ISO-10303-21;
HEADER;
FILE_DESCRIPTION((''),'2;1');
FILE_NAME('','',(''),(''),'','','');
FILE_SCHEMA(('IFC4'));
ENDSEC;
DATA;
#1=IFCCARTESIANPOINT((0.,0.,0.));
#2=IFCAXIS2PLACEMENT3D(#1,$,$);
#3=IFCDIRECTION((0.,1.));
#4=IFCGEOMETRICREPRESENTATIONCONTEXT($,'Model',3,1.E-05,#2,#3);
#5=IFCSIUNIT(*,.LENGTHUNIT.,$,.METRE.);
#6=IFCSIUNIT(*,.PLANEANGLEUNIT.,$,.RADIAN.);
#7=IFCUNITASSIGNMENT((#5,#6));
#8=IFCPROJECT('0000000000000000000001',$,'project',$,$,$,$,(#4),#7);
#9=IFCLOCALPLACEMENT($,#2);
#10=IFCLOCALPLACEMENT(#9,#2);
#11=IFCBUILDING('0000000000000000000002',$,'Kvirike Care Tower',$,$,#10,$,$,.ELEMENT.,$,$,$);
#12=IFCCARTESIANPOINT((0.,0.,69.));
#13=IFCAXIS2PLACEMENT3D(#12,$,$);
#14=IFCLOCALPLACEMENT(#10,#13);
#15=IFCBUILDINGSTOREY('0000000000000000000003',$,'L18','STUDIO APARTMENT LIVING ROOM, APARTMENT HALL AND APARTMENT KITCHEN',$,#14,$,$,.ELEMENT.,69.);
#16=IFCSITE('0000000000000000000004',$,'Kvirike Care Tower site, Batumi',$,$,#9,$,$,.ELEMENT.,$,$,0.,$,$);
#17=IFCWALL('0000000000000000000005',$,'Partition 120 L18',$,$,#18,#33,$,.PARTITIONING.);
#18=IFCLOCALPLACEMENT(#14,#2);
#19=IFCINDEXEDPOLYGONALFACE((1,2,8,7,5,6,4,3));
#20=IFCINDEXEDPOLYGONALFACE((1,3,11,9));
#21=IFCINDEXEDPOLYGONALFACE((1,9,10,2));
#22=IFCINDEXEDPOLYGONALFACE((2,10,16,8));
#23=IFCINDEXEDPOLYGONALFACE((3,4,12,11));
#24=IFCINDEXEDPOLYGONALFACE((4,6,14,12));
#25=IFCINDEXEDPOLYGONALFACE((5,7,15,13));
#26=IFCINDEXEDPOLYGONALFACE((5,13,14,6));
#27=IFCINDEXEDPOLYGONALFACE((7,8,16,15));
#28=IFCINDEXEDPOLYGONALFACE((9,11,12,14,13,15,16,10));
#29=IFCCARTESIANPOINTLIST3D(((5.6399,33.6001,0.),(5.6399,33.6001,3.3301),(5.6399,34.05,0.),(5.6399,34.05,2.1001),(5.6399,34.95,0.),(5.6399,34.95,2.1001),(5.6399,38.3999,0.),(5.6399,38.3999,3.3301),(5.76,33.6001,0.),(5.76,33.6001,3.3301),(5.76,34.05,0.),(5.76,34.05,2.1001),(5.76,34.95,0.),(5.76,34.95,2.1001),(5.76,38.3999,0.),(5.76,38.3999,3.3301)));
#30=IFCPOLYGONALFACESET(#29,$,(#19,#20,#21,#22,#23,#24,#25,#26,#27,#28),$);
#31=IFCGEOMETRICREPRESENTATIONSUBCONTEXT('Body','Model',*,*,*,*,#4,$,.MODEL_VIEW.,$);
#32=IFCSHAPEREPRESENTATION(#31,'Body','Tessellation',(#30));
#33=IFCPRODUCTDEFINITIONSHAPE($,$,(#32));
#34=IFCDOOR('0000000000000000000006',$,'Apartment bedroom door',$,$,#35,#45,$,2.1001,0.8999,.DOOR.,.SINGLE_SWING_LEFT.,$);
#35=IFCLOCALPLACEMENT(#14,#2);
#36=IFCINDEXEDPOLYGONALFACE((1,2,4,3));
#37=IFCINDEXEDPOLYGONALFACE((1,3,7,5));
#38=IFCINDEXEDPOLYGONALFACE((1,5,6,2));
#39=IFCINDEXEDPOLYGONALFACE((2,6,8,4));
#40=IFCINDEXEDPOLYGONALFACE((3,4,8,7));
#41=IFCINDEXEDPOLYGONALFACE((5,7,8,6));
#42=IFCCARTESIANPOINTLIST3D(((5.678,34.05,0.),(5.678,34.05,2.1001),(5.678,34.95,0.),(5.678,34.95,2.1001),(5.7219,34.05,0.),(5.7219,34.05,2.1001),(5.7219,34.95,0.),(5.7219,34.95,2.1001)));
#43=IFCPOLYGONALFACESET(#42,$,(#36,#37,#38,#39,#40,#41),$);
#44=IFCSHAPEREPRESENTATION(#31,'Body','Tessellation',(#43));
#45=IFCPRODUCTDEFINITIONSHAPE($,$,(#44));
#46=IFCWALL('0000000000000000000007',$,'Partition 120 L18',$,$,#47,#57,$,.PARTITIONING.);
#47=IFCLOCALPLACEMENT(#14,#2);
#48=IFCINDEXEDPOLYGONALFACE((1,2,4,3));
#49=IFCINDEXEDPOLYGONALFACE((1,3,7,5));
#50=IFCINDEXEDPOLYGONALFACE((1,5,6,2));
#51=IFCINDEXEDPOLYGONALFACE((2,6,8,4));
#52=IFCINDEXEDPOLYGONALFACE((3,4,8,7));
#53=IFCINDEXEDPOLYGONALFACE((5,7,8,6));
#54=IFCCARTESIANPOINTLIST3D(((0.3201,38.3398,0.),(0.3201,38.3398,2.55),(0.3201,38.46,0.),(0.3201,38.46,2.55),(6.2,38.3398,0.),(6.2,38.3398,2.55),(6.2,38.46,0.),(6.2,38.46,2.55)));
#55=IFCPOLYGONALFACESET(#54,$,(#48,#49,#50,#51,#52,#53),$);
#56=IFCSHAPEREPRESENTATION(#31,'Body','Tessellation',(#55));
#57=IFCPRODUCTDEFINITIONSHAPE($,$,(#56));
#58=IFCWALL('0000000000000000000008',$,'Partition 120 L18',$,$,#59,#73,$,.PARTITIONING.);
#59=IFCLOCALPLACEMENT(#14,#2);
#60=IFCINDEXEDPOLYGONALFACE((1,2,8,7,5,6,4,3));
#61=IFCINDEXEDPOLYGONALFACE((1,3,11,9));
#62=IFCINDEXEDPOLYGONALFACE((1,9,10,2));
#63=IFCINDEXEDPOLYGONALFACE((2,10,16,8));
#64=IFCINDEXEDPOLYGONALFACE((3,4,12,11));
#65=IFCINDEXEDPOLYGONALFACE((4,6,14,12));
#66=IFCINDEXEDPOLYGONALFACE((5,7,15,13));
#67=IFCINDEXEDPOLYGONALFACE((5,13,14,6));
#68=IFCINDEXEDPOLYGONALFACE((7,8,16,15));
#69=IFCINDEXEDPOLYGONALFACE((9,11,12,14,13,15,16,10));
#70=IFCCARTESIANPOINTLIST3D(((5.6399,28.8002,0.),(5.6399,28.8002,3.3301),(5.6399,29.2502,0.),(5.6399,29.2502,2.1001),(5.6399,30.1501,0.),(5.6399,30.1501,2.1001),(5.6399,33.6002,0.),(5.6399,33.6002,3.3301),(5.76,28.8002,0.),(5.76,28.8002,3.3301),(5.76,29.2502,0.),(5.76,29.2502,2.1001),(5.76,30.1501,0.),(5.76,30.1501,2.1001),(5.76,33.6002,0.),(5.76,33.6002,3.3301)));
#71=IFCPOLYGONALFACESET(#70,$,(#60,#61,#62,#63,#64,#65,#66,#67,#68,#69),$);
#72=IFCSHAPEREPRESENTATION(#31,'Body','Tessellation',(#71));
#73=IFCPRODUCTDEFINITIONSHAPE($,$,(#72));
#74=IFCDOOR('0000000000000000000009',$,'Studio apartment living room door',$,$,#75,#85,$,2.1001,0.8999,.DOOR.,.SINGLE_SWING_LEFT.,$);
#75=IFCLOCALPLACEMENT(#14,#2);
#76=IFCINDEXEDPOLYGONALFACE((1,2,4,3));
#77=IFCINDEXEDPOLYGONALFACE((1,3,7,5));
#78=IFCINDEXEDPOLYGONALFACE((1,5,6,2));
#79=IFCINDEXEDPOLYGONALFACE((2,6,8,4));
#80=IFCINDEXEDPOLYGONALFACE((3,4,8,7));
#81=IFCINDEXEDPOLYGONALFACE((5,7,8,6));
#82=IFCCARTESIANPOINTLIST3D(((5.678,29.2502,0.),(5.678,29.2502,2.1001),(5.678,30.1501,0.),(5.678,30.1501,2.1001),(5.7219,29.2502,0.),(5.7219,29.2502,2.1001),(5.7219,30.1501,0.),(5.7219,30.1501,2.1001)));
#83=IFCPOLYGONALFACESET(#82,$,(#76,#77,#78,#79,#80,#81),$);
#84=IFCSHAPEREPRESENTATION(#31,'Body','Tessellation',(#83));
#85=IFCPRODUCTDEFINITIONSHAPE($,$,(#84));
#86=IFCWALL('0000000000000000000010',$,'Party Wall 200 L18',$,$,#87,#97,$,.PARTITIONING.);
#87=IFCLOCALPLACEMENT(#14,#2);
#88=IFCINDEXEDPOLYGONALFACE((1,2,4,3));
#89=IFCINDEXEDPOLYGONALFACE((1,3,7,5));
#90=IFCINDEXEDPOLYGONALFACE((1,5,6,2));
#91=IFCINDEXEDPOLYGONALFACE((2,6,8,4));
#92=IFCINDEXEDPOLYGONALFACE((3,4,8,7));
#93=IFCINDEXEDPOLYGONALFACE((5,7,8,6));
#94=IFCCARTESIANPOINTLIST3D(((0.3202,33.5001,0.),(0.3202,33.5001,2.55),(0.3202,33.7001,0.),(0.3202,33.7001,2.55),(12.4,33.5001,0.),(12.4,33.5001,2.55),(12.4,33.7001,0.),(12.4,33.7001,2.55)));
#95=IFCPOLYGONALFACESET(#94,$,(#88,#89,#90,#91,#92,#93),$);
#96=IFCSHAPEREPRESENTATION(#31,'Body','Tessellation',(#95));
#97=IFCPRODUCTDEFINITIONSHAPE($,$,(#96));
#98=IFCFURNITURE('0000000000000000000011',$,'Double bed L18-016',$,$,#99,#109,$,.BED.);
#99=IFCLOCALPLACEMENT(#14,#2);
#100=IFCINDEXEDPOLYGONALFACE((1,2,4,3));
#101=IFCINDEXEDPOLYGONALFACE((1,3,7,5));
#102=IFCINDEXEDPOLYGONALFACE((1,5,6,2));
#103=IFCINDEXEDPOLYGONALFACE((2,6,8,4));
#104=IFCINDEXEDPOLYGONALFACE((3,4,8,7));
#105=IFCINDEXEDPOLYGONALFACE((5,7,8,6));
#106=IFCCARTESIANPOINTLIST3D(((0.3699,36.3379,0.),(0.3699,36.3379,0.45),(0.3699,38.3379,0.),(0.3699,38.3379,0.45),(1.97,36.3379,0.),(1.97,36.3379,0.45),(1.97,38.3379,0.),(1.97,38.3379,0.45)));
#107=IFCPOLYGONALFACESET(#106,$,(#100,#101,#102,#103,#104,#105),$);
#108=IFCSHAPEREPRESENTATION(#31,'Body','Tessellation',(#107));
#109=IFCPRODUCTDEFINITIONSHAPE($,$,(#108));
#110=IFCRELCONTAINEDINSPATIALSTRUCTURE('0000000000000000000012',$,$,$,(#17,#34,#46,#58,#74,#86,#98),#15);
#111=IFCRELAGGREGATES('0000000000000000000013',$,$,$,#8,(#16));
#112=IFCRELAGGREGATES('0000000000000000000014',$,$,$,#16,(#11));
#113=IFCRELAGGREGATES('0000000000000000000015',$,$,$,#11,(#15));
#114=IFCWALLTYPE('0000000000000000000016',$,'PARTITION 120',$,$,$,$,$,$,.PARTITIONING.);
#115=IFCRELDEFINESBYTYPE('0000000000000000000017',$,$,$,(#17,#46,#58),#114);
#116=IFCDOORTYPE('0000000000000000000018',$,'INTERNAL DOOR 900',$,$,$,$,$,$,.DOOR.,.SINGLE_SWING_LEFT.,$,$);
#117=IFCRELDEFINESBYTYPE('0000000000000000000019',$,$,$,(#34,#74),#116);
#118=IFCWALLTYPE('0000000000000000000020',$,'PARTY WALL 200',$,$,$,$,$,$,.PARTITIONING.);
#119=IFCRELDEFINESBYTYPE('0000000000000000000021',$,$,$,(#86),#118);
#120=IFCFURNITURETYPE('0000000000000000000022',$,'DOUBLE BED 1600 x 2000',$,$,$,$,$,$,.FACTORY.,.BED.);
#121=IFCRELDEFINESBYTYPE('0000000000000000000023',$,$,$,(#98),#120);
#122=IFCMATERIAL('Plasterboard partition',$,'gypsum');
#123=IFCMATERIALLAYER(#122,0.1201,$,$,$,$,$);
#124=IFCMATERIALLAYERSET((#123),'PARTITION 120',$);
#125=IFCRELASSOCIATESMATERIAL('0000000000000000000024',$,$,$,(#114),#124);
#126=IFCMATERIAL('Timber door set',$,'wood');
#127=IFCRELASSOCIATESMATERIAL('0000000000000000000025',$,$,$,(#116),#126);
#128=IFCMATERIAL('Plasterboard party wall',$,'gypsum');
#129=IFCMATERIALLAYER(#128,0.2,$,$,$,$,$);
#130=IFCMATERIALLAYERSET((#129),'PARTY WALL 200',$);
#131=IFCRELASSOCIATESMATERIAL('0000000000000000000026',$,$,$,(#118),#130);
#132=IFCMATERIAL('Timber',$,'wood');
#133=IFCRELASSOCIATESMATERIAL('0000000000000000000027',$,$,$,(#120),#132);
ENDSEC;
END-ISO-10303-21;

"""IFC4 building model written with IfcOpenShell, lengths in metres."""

from ifc_helpers import new_model, si_unit, direction, frame, frame_2d, origin, origin_2d, place, context, subcontext, project, spatial, rectangle, extrude, material, layer, layer_set, type_object, element, fill, save


model = new_model("IFC4")

# Units and contexts
model_context = context("Model", 3, precision=1e-05, world=origin(), true_north=direction((0.0, 1.0)))
body_context = subcontext(model_context, "Body", "Model", "MODEL_VIEW")
ifc_project = project(units=[si_unit("LENGTHUNIT", "METRE"), si_unit("PLANEANGLEUNIT", "RADIAN")], contexts=[model_context])

# Site, building, storey
site_placement = place(None, origin())
site = spatial("IfcSite", under=ifc_project, at=site_placement, Name="Kvirike Care Tower site, Batumi", CompositionType="ELEMENT", RefElevation=0.0)
building_placement = place(site_placement, origin())
building = spatial("IfcBuilding", under=site, at=building_placement, Name="Kvirike Care Tower", CompositionType="ELEMENT")
storey_placement = place(building_placement, frame((0.0, 0.0, 69.0)))
storey = spatial("IfcBuildingStorey", under=building, at=storey_placement, Name="L18", Description="STUDIO APARTMENT LIVING ROOM, APARTMENT HALL AND APARTMENT KITCHEN", CompositionType="ELEMENT", Elevation=69.0)

# Wall, opening, door
ifc_material_1 = material(Name="Plasterboard partition", Category="gypsum")
ifc_layer_1 = layer(ifc_material_1, 0.1201)
ifc_layer_set_1 = layer_set([ifc_layer_1], Name="PARTITION 120")
wall_type_1 = type_object("IfcWallType", Name="PARTITION 120", PredefinedType="PARTITIONING", material=ifc_layer_set_1)
wall_1_placement = place(storey_placement, frame((5.7, 38.3999, 0.0), z_axis=(0.0, 0.0, 1.0), x_axis=(0.0, -1.0, 0.0)))
wall_1 = element("IfcWall", 1, at=wall_1_placement, inside=storey, type_object=wall_type_1, Name="Partition 120 L18", PredefinedType="PARTITIONING", context=body_context, shape_type="SweptSolid", body=[
    extrude(rectangle(XDim=4.7998, YDim=0.1201, at=frame_2d((2.3999, 0.0))), origin(), (0.0, 0.0, 1.0), 3.3301),
])
opening_1_placement = place(wall_1_placement, frame((3.45, 0.0, 0.0)))
opening_1 = element("IfcOpeningElement", 2, at=opening_1_placement, cuts=wall_1, PredefinedType="OPENING", context=body_context, shape_type="SweptSolid", body=[
    extrude(rectangle(XDim=0.8999, YDim=2.1001, at=frame_2d((0.45, 1.05))), frame((0.0, 0.0706, 0.0), z_axis=(0.0, -1.0, 0.0), x_axis=(1.0, 0.0, 0.0)), (0.0, 0.0, 1.0), 0.1411),
])
ifc_material_2 = material(Name="Timber door set", Category="wood")
door_type_1 = type_object("IfcDoorType", Name="INTERNAL DOOR 900", OperationType="SINGLE_SWING_LEFT", PredefinedType="DOOR", material=ifc_material_2)
door_1_placement = place(opening_1_placement, origin())
door_1 = element("IfcDoor", 3, at=door_1_placement, inside=storey, type_object=door_type_1, Name="Apartment bedroom door", OperationType="SINGLE_SWING_LEFT", OverallHeight=2.1001, OverallWidth=0.8999, PredefinedType="DOOR", context=body_context, shape_type="SweptSolid", body=[
    extrude(rectangle(XDim=0.8999, YDim=2.1001, at=frame_2d((0.45, 1.05))), frame((0.0, 0.022, 0.0), z_axis=(0.0, -1.0, 0.0), x_axis=(1.0, 0.0, 0.0)), (0.0, 0.0, 1.0), 0.0439),
])
fill(opening_1, door_1)

# Wall
wall_2_placement = place(storey_placement, frame((0.3201, 38.3999, 0.0), z_axis=(0.0, 0.0, 1.0), x_axis=(1.0, 0.0, 0.0)))
element("IfcWall", 4, at=wall_2_placement, inside=storey, type_object=wall_type_1, Name="Partition 120 L18", PredefinedType="PARTITIONING", context=body_context, shape_type="SweptSolid", body=[
    extrude(rectangle(XDim=5.8799, YDim=0.1201, at=frame_2d((2.9399, 0.0))), origin(), (0.0, 0.0, 1.0), 2.55),
])

# Wall, opening, door
wall_3_placement = place(storey_placement, frame((5.7, 33.6001, 0.0), z_axis=(0.0, 0.0, 1.0), x_axis=(0.0, -1.0, 0.0)))
wall_3 = element("IfcWall", 5, at=wall_3_placement, inside=storey, type_object=wall_type_1, Name="Partition 120 L18", PredefinedType="PARTITIONING", context=body_context, shape_type="SweptSolid", body=[
    extrude(rectangle(XDim=4.8, YDim=0.1201, at=frame_2d((2.3999, 0.0))), origin(), (0.0, 0.0, 1.0), 3.3301),
])
opening_2_placement = place(wall_3_placement, frame((3.45, 0.0, 0.0)))
opening_2 = element("IfcOpeningElement", 6, at=opening_2_placement, cuts=wall_3, PredefinedType="OPENING", context=body_context, shape_type="SweptSolid", body=[
    extrude(rectangle(XDim=0.8999, YDim=2.1001, at=frame_2d((0.45, 1.05))), frame((0.0, 0.0706, 0.0), z_axis=(0.0, -1.0, 0.0), x_axis=(1.0, 0.0, 0.0)), (0.0, 0.0, 1.0), 0.1411),
])
door_2_placement = place(opening_2_placement, origin())
door_2 = element("IfcDoor", 7, at=door_2_placement, inside=storey, type_object=door_type_1, Name="Studio apartment living room door", OperationType="SINGLE_SWING_LEFT", OverallHeight=2.1001, OverallWidth=0.8999, PredefinedType="DOOR", context=body_context, shape_type="SweptSolid", body=[
    extrude(rectangle(XDim=0.8999, YDim=2.1001, at=frame_2d((0.45, 1.05))), frame((0.0, 0.022, 0.0), z_axis=(0.0, -1.0, 0.0), x_axis=(1.0, 0.0, 0.0)), (0.0, 0.0, 1.0), 0.0439),
])
fill(opening_2, door_2)

# Wall
ifc_material_3 = material(Name="Plasterboard party wall", Category="gypsum")
ifc_layer_2 = layer(ifc_material_3, 0.2)
ifc_layer_set_2 = layer_set([ifc_layer_2], Name="PARTY WALL 200")
wall_type_2 = type_object("IfcWallType", Name="PARTY WALL 200", PredefinedType="PARTITIONING", material=ifc_layer_set_2)
wall_4_placement = place(storey_placement, frame((0.3201, 33.6001, 0.0), z_axis=(0.0, 0.0, 1.0), x_axis=(1.0, 0.0, 0.0)))
element("IfcWall", 8, at=wall_4_placement, inside=storey, type_object=wall_type_2, Name="Party Wall 200 L18", PredefinedType="PARTITIONING", context=body_context, shape_type="SweptSolid", body=[
    extrude(rectangle(XDim=12.0798, YDim=0.2, at=frame_2d((6.04, 0.0))), origin(), (0.0, 0.0, 1.0), 2.55),
])

# Furniture
ifc_material_4 = material(Name="Timber", Category="wood")
furniture_type = type_object("IfcFurnitureType", Name="DOUBLE BED 1600 x 2000", AssemblyPlace="FACTORY", PredefinedType="BED", material=ifc_material_4)
furniture_placement = place(storey_placement, frame((1.1699, 37.3379, 0.0), z_axis=(0.0, 0.0, 1.0), x_axis=(1.0, 0.0, 0.0)))
element("IfcFurniture", 9, at=furniture_placement, inside=storey, type_object=furniture_type, Name="Double bed L18-016", PredefinedType="BED", context=body_context, shape_type="SweptSolid", body=[
    extrude(rectangle(XDim=1.6001, YDim=2.0, at=origin_2d()), origin(), (0.0, 0.0, 1.0), 0.45),
])

save(model, "model.ifc")
